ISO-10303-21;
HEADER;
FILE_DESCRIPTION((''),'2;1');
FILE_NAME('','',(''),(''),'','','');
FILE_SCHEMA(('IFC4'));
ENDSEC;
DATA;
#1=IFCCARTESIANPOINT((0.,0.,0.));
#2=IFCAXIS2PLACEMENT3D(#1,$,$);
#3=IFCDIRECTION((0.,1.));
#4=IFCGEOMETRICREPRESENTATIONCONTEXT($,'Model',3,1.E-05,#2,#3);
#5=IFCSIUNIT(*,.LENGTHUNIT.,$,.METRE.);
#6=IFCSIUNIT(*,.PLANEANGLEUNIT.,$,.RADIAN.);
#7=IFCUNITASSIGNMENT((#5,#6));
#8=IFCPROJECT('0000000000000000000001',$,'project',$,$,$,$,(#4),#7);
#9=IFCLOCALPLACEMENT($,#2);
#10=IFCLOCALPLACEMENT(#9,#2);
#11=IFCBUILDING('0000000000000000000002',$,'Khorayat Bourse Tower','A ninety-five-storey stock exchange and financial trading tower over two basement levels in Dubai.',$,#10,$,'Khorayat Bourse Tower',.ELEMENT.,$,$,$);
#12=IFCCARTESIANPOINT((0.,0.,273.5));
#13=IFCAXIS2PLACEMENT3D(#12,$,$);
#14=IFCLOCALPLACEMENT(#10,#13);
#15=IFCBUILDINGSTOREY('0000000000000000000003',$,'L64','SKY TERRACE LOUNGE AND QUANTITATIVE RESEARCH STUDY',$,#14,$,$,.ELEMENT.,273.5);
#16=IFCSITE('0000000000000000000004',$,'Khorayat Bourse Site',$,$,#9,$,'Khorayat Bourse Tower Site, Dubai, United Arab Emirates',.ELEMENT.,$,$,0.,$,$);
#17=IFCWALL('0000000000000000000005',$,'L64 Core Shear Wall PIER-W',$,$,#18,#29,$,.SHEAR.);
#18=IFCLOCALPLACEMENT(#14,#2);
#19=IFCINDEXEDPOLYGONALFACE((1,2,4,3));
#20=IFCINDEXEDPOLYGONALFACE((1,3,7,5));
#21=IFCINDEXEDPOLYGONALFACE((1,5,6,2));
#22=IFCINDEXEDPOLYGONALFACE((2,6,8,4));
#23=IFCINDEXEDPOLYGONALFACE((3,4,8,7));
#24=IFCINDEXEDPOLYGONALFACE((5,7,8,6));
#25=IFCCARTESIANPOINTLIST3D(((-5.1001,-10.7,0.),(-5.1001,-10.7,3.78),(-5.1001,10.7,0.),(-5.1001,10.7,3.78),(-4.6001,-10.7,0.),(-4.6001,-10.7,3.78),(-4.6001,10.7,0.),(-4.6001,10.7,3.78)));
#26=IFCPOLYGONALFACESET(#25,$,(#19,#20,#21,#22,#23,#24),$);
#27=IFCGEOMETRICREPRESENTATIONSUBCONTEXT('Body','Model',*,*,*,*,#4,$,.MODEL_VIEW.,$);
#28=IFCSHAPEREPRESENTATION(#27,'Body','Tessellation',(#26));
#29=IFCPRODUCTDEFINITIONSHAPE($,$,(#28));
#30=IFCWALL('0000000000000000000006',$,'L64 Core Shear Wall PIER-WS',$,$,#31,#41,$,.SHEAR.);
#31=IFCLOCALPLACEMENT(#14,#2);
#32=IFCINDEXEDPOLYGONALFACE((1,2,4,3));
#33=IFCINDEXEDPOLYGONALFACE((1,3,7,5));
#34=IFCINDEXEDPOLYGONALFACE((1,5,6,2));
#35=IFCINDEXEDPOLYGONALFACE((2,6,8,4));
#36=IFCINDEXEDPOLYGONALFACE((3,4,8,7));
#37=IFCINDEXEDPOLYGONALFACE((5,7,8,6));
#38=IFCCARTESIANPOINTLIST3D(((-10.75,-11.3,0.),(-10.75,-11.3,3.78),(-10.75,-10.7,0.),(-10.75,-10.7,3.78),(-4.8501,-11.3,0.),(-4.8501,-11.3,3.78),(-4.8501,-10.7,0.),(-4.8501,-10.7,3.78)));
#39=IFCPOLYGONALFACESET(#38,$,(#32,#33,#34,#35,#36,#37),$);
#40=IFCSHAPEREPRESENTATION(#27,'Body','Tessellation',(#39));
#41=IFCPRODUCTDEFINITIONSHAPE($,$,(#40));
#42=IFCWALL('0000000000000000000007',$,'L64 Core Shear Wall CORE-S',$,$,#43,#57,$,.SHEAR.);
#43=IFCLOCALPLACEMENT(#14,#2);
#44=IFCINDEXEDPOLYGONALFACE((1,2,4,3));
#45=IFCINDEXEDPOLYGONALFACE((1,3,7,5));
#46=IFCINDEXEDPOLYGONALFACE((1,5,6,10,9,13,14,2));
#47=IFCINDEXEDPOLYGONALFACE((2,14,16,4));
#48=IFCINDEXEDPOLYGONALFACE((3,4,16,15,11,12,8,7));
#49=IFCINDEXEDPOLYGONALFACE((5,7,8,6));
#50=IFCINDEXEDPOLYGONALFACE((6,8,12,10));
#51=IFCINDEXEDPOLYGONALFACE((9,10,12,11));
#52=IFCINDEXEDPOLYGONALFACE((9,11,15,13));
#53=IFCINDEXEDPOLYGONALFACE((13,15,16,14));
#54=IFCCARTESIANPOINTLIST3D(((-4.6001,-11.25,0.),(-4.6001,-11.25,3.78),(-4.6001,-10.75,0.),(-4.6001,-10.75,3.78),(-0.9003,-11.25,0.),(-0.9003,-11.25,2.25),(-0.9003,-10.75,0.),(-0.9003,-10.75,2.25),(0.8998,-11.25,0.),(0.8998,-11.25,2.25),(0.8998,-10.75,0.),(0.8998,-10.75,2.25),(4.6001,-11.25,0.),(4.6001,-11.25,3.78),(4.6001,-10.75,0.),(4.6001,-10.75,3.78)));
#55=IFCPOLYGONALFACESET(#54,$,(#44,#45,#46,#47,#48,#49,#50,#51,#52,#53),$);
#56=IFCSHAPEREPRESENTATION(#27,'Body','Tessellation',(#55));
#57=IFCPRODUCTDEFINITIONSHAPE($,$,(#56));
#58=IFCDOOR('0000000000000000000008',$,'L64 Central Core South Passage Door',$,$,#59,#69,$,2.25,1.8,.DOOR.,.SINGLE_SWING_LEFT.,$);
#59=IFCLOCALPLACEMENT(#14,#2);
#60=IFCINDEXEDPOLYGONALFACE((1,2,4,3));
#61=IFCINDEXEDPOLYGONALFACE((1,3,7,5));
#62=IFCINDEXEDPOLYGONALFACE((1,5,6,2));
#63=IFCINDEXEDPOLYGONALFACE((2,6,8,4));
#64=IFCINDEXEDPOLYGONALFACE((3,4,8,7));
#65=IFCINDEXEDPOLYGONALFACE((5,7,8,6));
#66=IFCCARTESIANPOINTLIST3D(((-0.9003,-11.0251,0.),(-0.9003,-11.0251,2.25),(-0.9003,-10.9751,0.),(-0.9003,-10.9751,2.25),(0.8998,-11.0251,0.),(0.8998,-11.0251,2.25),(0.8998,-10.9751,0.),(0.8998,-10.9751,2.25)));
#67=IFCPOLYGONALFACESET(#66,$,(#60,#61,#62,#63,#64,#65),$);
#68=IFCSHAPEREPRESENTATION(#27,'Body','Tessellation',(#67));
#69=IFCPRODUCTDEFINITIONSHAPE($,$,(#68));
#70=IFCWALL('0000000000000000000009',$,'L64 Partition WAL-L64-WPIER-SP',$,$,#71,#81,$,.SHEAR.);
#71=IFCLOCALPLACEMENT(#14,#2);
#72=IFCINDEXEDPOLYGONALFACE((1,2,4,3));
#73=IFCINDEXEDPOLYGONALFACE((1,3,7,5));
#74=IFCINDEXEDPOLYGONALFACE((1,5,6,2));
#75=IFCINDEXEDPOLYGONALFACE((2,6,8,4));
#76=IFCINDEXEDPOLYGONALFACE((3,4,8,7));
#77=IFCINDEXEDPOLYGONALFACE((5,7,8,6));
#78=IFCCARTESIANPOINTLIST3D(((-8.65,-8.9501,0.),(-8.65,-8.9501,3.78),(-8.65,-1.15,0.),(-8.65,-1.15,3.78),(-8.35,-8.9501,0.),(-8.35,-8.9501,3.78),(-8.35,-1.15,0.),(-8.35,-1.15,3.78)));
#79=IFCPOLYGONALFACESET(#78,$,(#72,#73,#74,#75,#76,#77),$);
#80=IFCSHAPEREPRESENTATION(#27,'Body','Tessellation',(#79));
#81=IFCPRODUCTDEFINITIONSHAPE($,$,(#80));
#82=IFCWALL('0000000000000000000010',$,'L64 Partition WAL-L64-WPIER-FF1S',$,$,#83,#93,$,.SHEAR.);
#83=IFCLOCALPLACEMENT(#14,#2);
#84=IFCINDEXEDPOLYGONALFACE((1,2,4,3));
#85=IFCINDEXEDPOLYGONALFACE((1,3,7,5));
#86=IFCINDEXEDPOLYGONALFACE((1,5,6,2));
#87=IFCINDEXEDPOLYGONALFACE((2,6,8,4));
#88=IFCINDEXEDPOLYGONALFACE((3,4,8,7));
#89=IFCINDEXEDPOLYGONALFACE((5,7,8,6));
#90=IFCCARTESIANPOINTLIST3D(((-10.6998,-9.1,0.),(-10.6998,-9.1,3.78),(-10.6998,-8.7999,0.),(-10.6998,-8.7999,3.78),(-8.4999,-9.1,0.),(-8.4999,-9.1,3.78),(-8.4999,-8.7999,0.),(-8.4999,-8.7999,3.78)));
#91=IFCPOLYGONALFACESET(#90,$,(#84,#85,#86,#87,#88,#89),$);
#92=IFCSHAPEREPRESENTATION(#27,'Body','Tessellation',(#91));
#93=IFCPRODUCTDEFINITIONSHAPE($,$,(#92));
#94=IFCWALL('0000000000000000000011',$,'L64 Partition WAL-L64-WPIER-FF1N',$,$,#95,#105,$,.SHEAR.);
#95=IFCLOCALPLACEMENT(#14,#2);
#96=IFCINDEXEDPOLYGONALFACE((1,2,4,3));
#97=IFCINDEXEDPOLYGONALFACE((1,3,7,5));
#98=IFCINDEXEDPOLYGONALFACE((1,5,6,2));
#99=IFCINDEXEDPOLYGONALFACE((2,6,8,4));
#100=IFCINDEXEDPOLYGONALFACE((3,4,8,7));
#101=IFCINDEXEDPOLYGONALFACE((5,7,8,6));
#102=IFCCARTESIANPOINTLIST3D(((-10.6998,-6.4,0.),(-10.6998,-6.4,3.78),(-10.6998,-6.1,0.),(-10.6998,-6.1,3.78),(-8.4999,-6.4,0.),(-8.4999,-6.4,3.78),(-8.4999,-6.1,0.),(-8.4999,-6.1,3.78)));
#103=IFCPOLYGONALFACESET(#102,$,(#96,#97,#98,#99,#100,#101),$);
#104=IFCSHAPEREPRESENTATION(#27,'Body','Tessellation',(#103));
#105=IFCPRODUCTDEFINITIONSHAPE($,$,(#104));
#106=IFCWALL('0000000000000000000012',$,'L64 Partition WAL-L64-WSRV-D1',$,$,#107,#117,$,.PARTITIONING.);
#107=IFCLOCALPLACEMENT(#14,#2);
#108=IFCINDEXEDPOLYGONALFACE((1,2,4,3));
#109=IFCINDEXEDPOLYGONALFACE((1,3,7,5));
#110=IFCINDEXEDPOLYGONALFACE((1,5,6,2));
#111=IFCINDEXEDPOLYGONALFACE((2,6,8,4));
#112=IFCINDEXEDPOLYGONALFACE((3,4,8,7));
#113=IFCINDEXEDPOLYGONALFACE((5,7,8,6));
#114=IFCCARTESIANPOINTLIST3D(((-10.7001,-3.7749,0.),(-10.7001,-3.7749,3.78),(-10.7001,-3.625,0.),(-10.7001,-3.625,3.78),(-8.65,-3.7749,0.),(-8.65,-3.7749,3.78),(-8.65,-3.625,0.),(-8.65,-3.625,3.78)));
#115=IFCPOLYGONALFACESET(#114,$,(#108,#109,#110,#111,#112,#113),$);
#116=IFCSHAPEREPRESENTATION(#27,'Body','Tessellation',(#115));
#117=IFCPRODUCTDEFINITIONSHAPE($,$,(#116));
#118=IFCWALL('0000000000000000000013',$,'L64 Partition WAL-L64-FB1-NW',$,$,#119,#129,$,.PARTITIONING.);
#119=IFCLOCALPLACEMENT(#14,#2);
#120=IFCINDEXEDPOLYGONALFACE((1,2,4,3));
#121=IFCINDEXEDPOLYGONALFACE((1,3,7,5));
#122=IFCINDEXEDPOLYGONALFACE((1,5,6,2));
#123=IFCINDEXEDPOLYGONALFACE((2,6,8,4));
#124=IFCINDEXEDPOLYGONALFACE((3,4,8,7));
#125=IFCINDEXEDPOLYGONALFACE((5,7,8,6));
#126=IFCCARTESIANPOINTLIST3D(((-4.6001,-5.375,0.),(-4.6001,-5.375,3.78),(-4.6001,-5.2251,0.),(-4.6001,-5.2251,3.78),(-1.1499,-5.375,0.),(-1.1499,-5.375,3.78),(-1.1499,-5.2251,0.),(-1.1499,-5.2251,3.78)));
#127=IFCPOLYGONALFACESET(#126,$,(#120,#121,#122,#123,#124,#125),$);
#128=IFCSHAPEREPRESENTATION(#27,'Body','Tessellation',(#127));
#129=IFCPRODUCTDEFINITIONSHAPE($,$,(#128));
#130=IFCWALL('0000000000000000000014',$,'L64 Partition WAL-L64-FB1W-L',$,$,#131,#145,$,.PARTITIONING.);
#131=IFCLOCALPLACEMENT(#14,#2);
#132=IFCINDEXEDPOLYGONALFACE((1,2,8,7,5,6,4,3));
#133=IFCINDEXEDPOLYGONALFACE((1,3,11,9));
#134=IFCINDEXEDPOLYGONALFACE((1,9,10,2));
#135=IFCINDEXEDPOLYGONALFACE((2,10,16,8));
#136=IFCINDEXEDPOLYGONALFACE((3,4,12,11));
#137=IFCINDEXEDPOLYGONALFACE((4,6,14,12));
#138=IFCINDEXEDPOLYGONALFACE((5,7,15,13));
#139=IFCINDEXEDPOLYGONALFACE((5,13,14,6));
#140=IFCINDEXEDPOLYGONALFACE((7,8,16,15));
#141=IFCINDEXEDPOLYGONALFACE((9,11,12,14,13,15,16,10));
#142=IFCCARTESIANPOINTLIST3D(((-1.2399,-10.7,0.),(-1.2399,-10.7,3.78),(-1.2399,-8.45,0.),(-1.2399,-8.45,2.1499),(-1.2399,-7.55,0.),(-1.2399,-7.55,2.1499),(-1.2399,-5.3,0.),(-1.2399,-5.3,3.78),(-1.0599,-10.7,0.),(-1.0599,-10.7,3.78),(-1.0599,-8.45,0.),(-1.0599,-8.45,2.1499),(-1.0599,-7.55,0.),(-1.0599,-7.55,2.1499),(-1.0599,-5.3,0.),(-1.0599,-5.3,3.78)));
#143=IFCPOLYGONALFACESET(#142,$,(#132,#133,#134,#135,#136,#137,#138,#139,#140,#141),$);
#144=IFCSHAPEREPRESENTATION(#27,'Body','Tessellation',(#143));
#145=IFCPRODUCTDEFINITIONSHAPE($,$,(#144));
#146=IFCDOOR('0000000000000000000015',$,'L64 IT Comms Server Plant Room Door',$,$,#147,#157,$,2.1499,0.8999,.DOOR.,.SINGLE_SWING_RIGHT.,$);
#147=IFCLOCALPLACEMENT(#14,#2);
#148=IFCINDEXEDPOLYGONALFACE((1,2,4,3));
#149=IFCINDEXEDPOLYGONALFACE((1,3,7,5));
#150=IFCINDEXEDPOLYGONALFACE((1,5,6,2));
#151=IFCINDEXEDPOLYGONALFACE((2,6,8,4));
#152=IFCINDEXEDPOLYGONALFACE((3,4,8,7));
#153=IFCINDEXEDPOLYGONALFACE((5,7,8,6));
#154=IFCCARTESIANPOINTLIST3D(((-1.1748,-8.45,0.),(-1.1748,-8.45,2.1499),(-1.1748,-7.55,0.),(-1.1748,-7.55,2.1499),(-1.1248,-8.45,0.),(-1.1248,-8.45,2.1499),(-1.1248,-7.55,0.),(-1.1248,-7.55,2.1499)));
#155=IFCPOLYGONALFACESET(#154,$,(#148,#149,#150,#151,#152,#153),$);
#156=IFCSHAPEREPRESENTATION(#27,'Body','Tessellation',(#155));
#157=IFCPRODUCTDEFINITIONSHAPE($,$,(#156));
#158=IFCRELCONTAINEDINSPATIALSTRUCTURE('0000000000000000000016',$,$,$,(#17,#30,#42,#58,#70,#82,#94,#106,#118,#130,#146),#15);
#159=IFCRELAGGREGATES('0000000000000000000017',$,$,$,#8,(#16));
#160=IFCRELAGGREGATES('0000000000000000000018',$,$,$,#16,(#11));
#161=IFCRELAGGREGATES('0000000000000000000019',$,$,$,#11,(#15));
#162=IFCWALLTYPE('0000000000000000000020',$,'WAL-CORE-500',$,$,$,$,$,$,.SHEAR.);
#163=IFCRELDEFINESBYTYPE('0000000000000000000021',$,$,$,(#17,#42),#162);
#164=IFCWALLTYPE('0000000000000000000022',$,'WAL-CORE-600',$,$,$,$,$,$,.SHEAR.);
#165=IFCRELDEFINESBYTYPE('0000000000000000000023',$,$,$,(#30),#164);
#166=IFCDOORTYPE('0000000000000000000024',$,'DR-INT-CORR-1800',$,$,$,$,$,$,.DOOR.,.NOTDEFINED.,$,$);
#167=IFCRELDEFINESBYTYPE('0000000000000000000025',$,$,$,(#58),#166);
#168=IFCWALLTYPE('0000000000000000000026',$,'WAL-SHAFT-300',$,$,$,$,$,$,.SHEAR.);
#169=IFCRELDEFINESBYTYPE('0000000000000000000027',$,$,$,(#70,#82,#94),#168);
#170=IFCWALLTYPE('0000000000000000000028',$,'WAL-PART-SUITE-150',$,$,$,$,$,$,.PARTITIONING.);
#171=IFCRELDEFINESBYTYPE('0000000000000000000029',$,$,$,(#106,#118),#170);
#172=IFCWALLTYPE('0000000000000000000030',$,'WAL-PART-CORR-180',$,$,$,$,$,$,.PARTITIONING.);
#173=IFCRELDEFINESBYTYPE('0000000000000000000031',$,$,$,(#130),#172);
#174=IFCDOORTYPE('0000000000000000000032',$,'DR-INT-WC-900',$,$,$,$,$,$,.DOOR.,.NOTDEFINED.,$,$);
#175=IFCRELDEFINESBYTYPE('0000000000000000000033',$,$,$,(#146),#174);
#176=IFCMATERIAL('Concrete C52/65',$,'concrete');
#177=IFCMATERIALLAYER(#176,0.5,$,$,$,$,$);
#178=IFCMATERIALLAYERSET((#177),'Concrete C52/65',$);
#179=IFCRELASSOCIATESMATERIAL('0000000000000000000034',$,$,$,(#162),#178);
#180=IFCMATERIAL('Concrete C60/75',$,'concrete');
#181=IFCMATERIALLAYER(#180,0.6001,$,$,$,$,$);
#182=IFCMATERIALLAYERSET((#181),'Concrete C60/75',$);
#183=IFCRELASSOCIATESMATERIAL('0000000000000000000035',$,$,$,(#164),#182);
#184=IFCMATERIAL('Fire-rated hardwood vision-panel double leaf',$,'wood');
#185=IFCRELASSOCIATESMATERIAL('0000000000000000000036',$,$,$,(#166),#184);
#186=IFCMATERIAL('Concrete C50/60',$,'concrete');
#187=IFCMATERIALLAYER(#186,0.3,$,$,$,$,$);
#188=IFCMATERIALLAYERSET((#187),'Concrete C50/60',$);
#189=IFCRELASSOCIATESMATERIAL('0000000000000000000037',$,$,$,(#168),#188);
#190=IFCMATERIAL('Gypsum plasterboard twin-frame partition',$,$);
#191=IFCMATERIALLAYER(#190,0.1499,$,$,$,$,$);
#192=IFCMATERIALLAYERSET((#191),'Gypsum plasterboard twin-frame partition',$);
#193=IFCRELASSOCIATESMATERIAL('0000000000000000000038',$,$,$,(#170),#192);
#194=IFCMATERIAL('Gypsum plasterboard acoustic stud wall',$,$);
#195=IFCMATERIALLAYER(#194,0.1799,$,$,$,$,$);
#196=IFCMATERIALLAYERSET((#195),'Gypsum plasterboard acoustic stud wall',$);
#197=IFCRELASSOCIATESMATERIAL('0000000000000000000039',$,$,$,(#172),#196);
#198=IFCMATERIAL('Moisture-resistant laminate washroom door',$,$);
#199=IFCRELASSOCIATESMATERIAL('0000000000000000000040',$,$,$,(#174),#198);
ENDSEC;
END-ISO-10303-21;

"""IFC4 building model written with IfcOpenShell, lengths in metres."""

from ifc_helpers import new_model, si_unit, direction, frame, frame_2d, origin, place, context, subcontext, project, spatial, rectangle, extrude, source, transform, mapped, material, layer, layer_set, type_object, element, fill, save


model = new_model("IFC4")

# Units and contexts
model_context = context("Model", 3, precision=1e-05, world=origin(), true_north=direction((0.0, 1.0)))
body_context = subcontext(model_context, "Body", "Model", "MODEL_VIEW")
ifc_project = project(units=[si_unit("LENGTHUNIT", "METRE"), si_unit("PLANEANGLEUNIT", "RADIAN")], contexts=[model_context])

# Site, building, storey
site_placement = place(None, origin())
site = spatial("IfcSite", under=ifc_project, at=site_placement, Name="Khorayat Bourse Site", LongName="Khorayat Bourse Tower Site, Dubai, United Arab Emirates", CompositionType="ELEMENT", RefElevation=0.0)
building_placement = place(site_placement, origin())
building = spatial("IfcBuilding", under=site, at=building_placement, Name="Khorayat Bourse Tower", Description="A ninety-five-storey stock exchange and financial trading tower over two basement levels in Dubai.", LongName="Khorayat Bourse Tower", CompositionType="ELEMENT")
storey_placement = place(building_placement, frame((0.0, 0.0, 273.5)))
storey = spatial("IfcBuildingStorey", under=building, at=storey_placement, Name="L64", Description="SKY TERRACE LOUNGE AND QUANTITATIVE RESEARCH STUDY", CompositionType="ELEMENT", Elevation=273.5)

# Shared definitions
ifc_material_1 = material(Name="Concrete C52/65", Category="concrete")

# Shared definitions
ifc_material_2 = material(Name="Concrete C60/75", Category="concrete")

# Walls
ifc_layer_1 = layer(ifc_material_1, 0.5)
ifc_layer_set_1 = layer_set([ifc_layer_1], Name="Concrete C52/65")
wall_type_1 = type_object("IfcWallType", Name="WAL-CORE-500", PredefinedType="SHEAR", material=ifc_layer_set_1)
shared_shape_1 = source(origin(), body_context, "Body", "SweptSolid", [
    extrude(rectangle(XDim=21.3999, YDim=0.5, at=frame_2d((10.7, 0.0))), origin(), (0.0, 0.0, 1.0), 3.78),
])
wall_1_placement = place(storey_placement, frame((-4.8501, -10.7, 0.0), z_axis=(0.0, 0.0, 1.0), x_axis=(0.0, 1.0, 0.0)))
element("IfcWall", 1, at=wall_1_placement, inside=storey, type_object=wall_type_1, Name="L64 Core Shear Wall PIER-W", PredefinedType="SHEAR", context=body_context, shape_type="MappedRepresentation", body=[
    mapped(shared_shape_1, transform((0.0, 0.0, 0.0), scale=1.0)),
])
ifc_layer_2 = layer(ifc_material_2, 0.6001)
ifc_layer_set_2 = layer_set([ifc_layer_2], Name="Concrete C60/75")
wall_type_2 = type_object("IfcWallType", Name="WAL-CORE-600", PredefinedType="SHEAR", material=ifc_layer_set_2)
shared_shape_2 = source(origin(), body_context, "Body", "SweptSolid", [
    extrude(rectangle(XDim=5.8999, YDim=0.6001, at=frame_2d((2.95, 0.0))), origin(), (0.0, 0.0, 1.0), 3.78),
])
wall_2_placement = place(storey_placement, frame((-10.75, -11.0, 0.0), z_axis=(0.0, 0.0, 1.0), x_axis=(1.0, 0.0, 0.0)))
element("IfcWall", 2, at=wall_2_placement, inside=storey, type_object=wall_type_2, Name="L64 Core Shear Wall PIER-WS", PredefinedType="SHEAR", context=body_context, shape_type="MappedRepresentation", body=[
    mapped(shared_shape_2, transform((0.0, 0.0, 0.0), scale=1.0)),
])

# Wall, opening, door
shared_shape_3 = source(origin(), body_context, "Body", "SweptSolid", [
    extrude(rectangle(XDim=9.2002, YDim=0.5, at=frame_2d((4.6001, 0.0))), origin(), (0.0, 0.0, 1.0), 3.78),
])
wall_3_placement = place(storey_placement, frame((-4.6001, -11.0, 0.0), z_axis=(0.0, 0.0, 1.0), x_axis=(1.0, 0.0, 0.0)))
wall_3 = element("IfcWall", 3, at=wall_3_placement, inside=storey, type_object=wall_type_1, Name="L64 Core Shear Wall CORE-S", PredefinedType="SHEAR", context=body_context, shape_type="MappedRepresentation", body=[
    mapped(shared_shape_3, transform((0.0, 0.0, 0.0), scale=1.0)),
])
shared_shape_4 = source(origin(), body_context, "Body", "SweptSolid", [
    extrude(rectangle(XDim=1.8, YDim=2.25, at=frame_2d((0.8999, 1.125))), frame((0.0, 0.26, 0.0), z_axis=(0.0, -1.0, 0.0), x_axis=(1.0, 0.0, 0.0)), (0.0, 0.0, 1.0), 0.52),
])
opening_1_placement = place(wall_3_placement, frame((3.7, 0.0, 0.0)))
opening_1 = element("IfcOpeningElement", 4, at=opening_1_placement, cuts=wall_3, PredefinedType="OPENING", context=body_context, shape_type="MappedRepresentation", body=[
    mapped(shared_shape_4, transform((0.0, 0.0, 0.0), scale=1.0)),
])
ifc_material_3 = material(Name="Fire-rated hardwood vision-panel double leaf", Category="wood")
door_type_1 = type_object("IfcDoorType", Name="DR-INT-CORR-1800", OperationType="NOTDEFINED", PredefinedType="DOOR", material=ifc_material_3)
shared_shape_5 = source(origin(), body_context, "Body", "SweptSolid", [
    extrude(rectangle(XDim=1.8, YDim=2.25, at=frame_2d((0.8999, 1.125))), frame((0.0, 0.0249, 0.0), z_axis=(0.0, -1.0, 0.0), x_axis=(1.0, 0.0, 0.0)), (0.0, 0.0, 1.0), 0.05),
])
door_1_placement = place(opening_1_placement, origin())
door_1 = element("IfcDoor", 5, at=door_1_placement, inside=storey, type_object=door_type_1, Name="L64 Central Core South Passage Door", OperationType="SINGLE_SWING_LEFT", OverallHeight=2.25, OverallWidth=1.8, PredefinedType="DOOR", context=body_context, shape_type="MappedRepresentation", body=[
    mapped(shared_shape_5, transform((0.0, 0.0, 0.0), scale=1.0)),
])
fill(opening_1, door_1)

# Walls
ifc_material_4 = material(Name="Concrete C50/60", Category="concrete")
ifc_layer_3 = layer(ifc_material_4, 0.3)
ifc_layer_set_3 = layer_set([ifc_layer_3], Name="Concrete C50/60")
wall_type_3 = type_object("IfcWallType", Name="WAL-SHAFT-300", PredefinedType="SHEAR", material=ifc_layer_set_3)
shared_shape_6 = source(origin(), body_context, "Body", "SweptSolid", [
    extrude(rectangle(XDim=7.8, YDim=0.3, at=frame_2d((3.8999, 0.0))), origin(), (0.0, 0.0, 1.0), 3.78),
])
wall_4_placement = place(storey_placement, frame((-8.5, -8.95, 0.0), z_axis=(0.0, 0.0, 1.0), x_axis=(0.0, 1.0, 0.0)))
element("IfcWall", 6, at=wall_4_placement, inside=storey, type_object=wall_type_3, Name="L64 Partition WAL-L64-WPIER-SP", PredefinedType="SHEAR", context=body_context, shape_type="MappedRepresentation", body=[
    mapped(shared_shape_6, transform((0.0, 0.0, 0.0), scale=1.0)),
])
shared_shape_7 = source(origin(), body_context, "Body", "SweptSolid", [
    extrude(rectangle(XDim=2.2, YDim=0.3, at=frame_2d((1.1001, 0.0))), origin(), (0.0, 0.0, 1.0), 3.78),
])
for number, where, z_axis, x_axis, name in (
    (7, (-10.7, -8.95, 0.0), (0.0, 0.0, 1.0), (1.0, 0.0, 0.0), "L64 Partition WAL-L64-WPIER-FF1S"),
    (8, (-10.7, -6.25, 0.0), (0.0, 0.0, 1.0), (1.0, 0.0, 0.0), "L64 Partition WAL-L64-WPIER-FF1N"),
):
    element("IfcWall", number, at=place(storey_placement, frame(where, z_axis=z_axis, x_axis=x_axis)), inside=storey, type_object=wall_type_3, Name=name, PredefinedType="SHEAR", context=body_context, shape_type="MappedRepresentation", body=[
        mapped(shared_shape_7, transform((0.0, 0.0, 0.0), scale=1.0)),
    ])
ifc_material_5 = material(Name="Gypsum plasterboard twin-frame partition")
ifc_layer_4 = layer(ifc_material_5, 0.1499)
ifc_layer_set_4 = layer_set([ifc_layer_4], Name="Gypsum plasterboard twin-frame partition")
wall_type_4 = type_object("IfcWallType", Name="WAL-PART-SUITE-150", PredefinedType="PARTITIONING", material=ifc_layer_set_4)
shared_shape_8 = source(origin(), body_context, "Body", "SweptSolid", [
    extrude(rectangle(XDim=2.05, YDim=0.1499, at=frame_2d((1.0249, 0.0))), origin(), (0.0, 0.0, 1.0), 3.78),
])
wall_5_placement = place(storey_placement, frame((-10.7, -3.7, 0.0), z_axis=(0.0, 0.0, 1.0), x_axis=(1.0, 0.0, 0.0)))
element("IfcWall", 9, at=wall_5_placement, inside=storey, type_object=wall_type_4, Name="L64 Partition WAL-L64-WSRV-D1", PredefinedType="PARTITIONING", context=body_context, shape_type="MappedRepresentation", body=[
    mapped(shared_shape_8, transform((0.0, 0.0, 0.0), scale=1.0)),
])
shared_shape_9 = source(origin(), body_context, "Body", "SweptSolid", [
    extrude(rectangle(XDim=3.4502, YDim=0.1499, at=frame_2d((1.7251, 0.0))), origin(), (0.0, 0.0, 1.0), 3.78),
])
wall_6_placement = place(storey_placement, frame((-4.6001, -5.3, 0.0), z_axis=(0.0, 0.0, 1.0), x_axis=(1.0, 0.0, 0.0)))
element("IfcWall", 10, at=wall_6_placement, inside=storey, type_object=wall_type_4, Name="L64 Partition WAL-L64-FB1-NW", PredefinedType="PARTITIONING", context=body_context, shape_type="MappedRepresentation", body=[
    mapped(shared_shape_9, transform((0.0, 0.0, 0.0), scale=1.0)),
])

# Wall, opening, door
ifc_material_6 = material(Name="Gypsum plasterboard acoustic stud wall")
ifc_layer_5 = layer(ifc_material_6, 0.1799)
ifc_layer_set_5 = layer_set([ifc_layer_5], Name="Gypsum plasterboard acoustic stud wall")
wall_type_5 = type_object("IfcWallType", Name="WAL-PART-CORR-180", PredefinedType="PARTITIONING", material=ifc_layer_set_5)
shared_shape_10 = source(origin(), body_context, "Body", "SweptSolid", [
    extrude(rectangle(XDim=5.3999, YDim=0.1799, at=frame_2d((2.7, 0.0))), origin(), (0.0, 0.0, 1.0), 3.78),
])
wall_7_placement = place(storey_placement, frame((-1.1499, -10.7, 0.0), z_axis=(0.0, 0.0, 1.0), x_axis=(0.0, 1.0, 0.0)))
wall_7 = element("IfcWall", 11, at=wall_7_placement, inside=storey, type_object=wall_type_5, Name="L64 Partition WAL-L64-FB1W-L", PredefinedType="PARTITIONING", context=body_context, shape_type="MappedRepresentation", body=[
    mapped(shared_shape_10, transform((0.0, 0.0, 0.0), scale=1.0)),
])
shared_shape_11 = source(origin(), body_context, "Body", "SweptSolid", [
    extrude(rectangle(XDim=0.8999, YDim=2.1499, at=frame_2d((0.45, 1.075))), frame((0.0, 0.0999, 0.0), z_axis=(0.0, -1.0, 0.0), x_axis=(1.0, 0.0, 0.0)), (0.0, 0.0, 1.0), 0.2),
])
opening_2_placement = place(wall_7_placement, frame((2.25, 0.0, 0.0)))
opening_2 = element("IfcOpeningElement", 12, at=opening_2_placement, cuts=wall_7, PredefinedType="OPENING", context=body_context, shape_type="MappedRepresentation", body=[
    mapped(shared_shape_11, transform((0.0, 0.0, 0.0), scale=1.0)),
])
ifc_material_7 = material(Name="Moisture-resistant laminate washroom door")
door_type_2 = type_object("IfcDoorType", Name="DR-INT-WC-900", OperationType="NOTDEFINED", PredefinedType="DOOR", material=ifc_material_7)
shared_shape_12 = source(origin(), body_context, "Body", "SweptSolid", [
    extrude(rectangle(XDim=0.8999, YDim=2.1499, at=frame_2d((0.45, 1.075))), frame((0.0, 0.0249, 0.0), z_axis=(0.0, -1.0, 0.0), x_axis=(1.0, 0.0, 0.0)), (0.0, 0.0, 1.0), 0.05),
])
door_2_placement = place(opening_2_placement, origin())
door_2 = element("IfcDoor", 13, at=door_2_placement, inside=storey, type_object=door_type_2, Name="L64 IT Comms Server Plant Room Door", OperationType="SINGLE_SWING_RIGHT", OverallHeight=2.1499, OverallWidth=0.8999, PredefinedType="DOOR", context=body_context, shape_type="MappedRepresentation", body=[
    mapped(shared_shape_12, transform((0.0, 0.0, 0.0), scale=1.0)),
])
fill(opening_2, door_2)

save(model, "model.ifc")
